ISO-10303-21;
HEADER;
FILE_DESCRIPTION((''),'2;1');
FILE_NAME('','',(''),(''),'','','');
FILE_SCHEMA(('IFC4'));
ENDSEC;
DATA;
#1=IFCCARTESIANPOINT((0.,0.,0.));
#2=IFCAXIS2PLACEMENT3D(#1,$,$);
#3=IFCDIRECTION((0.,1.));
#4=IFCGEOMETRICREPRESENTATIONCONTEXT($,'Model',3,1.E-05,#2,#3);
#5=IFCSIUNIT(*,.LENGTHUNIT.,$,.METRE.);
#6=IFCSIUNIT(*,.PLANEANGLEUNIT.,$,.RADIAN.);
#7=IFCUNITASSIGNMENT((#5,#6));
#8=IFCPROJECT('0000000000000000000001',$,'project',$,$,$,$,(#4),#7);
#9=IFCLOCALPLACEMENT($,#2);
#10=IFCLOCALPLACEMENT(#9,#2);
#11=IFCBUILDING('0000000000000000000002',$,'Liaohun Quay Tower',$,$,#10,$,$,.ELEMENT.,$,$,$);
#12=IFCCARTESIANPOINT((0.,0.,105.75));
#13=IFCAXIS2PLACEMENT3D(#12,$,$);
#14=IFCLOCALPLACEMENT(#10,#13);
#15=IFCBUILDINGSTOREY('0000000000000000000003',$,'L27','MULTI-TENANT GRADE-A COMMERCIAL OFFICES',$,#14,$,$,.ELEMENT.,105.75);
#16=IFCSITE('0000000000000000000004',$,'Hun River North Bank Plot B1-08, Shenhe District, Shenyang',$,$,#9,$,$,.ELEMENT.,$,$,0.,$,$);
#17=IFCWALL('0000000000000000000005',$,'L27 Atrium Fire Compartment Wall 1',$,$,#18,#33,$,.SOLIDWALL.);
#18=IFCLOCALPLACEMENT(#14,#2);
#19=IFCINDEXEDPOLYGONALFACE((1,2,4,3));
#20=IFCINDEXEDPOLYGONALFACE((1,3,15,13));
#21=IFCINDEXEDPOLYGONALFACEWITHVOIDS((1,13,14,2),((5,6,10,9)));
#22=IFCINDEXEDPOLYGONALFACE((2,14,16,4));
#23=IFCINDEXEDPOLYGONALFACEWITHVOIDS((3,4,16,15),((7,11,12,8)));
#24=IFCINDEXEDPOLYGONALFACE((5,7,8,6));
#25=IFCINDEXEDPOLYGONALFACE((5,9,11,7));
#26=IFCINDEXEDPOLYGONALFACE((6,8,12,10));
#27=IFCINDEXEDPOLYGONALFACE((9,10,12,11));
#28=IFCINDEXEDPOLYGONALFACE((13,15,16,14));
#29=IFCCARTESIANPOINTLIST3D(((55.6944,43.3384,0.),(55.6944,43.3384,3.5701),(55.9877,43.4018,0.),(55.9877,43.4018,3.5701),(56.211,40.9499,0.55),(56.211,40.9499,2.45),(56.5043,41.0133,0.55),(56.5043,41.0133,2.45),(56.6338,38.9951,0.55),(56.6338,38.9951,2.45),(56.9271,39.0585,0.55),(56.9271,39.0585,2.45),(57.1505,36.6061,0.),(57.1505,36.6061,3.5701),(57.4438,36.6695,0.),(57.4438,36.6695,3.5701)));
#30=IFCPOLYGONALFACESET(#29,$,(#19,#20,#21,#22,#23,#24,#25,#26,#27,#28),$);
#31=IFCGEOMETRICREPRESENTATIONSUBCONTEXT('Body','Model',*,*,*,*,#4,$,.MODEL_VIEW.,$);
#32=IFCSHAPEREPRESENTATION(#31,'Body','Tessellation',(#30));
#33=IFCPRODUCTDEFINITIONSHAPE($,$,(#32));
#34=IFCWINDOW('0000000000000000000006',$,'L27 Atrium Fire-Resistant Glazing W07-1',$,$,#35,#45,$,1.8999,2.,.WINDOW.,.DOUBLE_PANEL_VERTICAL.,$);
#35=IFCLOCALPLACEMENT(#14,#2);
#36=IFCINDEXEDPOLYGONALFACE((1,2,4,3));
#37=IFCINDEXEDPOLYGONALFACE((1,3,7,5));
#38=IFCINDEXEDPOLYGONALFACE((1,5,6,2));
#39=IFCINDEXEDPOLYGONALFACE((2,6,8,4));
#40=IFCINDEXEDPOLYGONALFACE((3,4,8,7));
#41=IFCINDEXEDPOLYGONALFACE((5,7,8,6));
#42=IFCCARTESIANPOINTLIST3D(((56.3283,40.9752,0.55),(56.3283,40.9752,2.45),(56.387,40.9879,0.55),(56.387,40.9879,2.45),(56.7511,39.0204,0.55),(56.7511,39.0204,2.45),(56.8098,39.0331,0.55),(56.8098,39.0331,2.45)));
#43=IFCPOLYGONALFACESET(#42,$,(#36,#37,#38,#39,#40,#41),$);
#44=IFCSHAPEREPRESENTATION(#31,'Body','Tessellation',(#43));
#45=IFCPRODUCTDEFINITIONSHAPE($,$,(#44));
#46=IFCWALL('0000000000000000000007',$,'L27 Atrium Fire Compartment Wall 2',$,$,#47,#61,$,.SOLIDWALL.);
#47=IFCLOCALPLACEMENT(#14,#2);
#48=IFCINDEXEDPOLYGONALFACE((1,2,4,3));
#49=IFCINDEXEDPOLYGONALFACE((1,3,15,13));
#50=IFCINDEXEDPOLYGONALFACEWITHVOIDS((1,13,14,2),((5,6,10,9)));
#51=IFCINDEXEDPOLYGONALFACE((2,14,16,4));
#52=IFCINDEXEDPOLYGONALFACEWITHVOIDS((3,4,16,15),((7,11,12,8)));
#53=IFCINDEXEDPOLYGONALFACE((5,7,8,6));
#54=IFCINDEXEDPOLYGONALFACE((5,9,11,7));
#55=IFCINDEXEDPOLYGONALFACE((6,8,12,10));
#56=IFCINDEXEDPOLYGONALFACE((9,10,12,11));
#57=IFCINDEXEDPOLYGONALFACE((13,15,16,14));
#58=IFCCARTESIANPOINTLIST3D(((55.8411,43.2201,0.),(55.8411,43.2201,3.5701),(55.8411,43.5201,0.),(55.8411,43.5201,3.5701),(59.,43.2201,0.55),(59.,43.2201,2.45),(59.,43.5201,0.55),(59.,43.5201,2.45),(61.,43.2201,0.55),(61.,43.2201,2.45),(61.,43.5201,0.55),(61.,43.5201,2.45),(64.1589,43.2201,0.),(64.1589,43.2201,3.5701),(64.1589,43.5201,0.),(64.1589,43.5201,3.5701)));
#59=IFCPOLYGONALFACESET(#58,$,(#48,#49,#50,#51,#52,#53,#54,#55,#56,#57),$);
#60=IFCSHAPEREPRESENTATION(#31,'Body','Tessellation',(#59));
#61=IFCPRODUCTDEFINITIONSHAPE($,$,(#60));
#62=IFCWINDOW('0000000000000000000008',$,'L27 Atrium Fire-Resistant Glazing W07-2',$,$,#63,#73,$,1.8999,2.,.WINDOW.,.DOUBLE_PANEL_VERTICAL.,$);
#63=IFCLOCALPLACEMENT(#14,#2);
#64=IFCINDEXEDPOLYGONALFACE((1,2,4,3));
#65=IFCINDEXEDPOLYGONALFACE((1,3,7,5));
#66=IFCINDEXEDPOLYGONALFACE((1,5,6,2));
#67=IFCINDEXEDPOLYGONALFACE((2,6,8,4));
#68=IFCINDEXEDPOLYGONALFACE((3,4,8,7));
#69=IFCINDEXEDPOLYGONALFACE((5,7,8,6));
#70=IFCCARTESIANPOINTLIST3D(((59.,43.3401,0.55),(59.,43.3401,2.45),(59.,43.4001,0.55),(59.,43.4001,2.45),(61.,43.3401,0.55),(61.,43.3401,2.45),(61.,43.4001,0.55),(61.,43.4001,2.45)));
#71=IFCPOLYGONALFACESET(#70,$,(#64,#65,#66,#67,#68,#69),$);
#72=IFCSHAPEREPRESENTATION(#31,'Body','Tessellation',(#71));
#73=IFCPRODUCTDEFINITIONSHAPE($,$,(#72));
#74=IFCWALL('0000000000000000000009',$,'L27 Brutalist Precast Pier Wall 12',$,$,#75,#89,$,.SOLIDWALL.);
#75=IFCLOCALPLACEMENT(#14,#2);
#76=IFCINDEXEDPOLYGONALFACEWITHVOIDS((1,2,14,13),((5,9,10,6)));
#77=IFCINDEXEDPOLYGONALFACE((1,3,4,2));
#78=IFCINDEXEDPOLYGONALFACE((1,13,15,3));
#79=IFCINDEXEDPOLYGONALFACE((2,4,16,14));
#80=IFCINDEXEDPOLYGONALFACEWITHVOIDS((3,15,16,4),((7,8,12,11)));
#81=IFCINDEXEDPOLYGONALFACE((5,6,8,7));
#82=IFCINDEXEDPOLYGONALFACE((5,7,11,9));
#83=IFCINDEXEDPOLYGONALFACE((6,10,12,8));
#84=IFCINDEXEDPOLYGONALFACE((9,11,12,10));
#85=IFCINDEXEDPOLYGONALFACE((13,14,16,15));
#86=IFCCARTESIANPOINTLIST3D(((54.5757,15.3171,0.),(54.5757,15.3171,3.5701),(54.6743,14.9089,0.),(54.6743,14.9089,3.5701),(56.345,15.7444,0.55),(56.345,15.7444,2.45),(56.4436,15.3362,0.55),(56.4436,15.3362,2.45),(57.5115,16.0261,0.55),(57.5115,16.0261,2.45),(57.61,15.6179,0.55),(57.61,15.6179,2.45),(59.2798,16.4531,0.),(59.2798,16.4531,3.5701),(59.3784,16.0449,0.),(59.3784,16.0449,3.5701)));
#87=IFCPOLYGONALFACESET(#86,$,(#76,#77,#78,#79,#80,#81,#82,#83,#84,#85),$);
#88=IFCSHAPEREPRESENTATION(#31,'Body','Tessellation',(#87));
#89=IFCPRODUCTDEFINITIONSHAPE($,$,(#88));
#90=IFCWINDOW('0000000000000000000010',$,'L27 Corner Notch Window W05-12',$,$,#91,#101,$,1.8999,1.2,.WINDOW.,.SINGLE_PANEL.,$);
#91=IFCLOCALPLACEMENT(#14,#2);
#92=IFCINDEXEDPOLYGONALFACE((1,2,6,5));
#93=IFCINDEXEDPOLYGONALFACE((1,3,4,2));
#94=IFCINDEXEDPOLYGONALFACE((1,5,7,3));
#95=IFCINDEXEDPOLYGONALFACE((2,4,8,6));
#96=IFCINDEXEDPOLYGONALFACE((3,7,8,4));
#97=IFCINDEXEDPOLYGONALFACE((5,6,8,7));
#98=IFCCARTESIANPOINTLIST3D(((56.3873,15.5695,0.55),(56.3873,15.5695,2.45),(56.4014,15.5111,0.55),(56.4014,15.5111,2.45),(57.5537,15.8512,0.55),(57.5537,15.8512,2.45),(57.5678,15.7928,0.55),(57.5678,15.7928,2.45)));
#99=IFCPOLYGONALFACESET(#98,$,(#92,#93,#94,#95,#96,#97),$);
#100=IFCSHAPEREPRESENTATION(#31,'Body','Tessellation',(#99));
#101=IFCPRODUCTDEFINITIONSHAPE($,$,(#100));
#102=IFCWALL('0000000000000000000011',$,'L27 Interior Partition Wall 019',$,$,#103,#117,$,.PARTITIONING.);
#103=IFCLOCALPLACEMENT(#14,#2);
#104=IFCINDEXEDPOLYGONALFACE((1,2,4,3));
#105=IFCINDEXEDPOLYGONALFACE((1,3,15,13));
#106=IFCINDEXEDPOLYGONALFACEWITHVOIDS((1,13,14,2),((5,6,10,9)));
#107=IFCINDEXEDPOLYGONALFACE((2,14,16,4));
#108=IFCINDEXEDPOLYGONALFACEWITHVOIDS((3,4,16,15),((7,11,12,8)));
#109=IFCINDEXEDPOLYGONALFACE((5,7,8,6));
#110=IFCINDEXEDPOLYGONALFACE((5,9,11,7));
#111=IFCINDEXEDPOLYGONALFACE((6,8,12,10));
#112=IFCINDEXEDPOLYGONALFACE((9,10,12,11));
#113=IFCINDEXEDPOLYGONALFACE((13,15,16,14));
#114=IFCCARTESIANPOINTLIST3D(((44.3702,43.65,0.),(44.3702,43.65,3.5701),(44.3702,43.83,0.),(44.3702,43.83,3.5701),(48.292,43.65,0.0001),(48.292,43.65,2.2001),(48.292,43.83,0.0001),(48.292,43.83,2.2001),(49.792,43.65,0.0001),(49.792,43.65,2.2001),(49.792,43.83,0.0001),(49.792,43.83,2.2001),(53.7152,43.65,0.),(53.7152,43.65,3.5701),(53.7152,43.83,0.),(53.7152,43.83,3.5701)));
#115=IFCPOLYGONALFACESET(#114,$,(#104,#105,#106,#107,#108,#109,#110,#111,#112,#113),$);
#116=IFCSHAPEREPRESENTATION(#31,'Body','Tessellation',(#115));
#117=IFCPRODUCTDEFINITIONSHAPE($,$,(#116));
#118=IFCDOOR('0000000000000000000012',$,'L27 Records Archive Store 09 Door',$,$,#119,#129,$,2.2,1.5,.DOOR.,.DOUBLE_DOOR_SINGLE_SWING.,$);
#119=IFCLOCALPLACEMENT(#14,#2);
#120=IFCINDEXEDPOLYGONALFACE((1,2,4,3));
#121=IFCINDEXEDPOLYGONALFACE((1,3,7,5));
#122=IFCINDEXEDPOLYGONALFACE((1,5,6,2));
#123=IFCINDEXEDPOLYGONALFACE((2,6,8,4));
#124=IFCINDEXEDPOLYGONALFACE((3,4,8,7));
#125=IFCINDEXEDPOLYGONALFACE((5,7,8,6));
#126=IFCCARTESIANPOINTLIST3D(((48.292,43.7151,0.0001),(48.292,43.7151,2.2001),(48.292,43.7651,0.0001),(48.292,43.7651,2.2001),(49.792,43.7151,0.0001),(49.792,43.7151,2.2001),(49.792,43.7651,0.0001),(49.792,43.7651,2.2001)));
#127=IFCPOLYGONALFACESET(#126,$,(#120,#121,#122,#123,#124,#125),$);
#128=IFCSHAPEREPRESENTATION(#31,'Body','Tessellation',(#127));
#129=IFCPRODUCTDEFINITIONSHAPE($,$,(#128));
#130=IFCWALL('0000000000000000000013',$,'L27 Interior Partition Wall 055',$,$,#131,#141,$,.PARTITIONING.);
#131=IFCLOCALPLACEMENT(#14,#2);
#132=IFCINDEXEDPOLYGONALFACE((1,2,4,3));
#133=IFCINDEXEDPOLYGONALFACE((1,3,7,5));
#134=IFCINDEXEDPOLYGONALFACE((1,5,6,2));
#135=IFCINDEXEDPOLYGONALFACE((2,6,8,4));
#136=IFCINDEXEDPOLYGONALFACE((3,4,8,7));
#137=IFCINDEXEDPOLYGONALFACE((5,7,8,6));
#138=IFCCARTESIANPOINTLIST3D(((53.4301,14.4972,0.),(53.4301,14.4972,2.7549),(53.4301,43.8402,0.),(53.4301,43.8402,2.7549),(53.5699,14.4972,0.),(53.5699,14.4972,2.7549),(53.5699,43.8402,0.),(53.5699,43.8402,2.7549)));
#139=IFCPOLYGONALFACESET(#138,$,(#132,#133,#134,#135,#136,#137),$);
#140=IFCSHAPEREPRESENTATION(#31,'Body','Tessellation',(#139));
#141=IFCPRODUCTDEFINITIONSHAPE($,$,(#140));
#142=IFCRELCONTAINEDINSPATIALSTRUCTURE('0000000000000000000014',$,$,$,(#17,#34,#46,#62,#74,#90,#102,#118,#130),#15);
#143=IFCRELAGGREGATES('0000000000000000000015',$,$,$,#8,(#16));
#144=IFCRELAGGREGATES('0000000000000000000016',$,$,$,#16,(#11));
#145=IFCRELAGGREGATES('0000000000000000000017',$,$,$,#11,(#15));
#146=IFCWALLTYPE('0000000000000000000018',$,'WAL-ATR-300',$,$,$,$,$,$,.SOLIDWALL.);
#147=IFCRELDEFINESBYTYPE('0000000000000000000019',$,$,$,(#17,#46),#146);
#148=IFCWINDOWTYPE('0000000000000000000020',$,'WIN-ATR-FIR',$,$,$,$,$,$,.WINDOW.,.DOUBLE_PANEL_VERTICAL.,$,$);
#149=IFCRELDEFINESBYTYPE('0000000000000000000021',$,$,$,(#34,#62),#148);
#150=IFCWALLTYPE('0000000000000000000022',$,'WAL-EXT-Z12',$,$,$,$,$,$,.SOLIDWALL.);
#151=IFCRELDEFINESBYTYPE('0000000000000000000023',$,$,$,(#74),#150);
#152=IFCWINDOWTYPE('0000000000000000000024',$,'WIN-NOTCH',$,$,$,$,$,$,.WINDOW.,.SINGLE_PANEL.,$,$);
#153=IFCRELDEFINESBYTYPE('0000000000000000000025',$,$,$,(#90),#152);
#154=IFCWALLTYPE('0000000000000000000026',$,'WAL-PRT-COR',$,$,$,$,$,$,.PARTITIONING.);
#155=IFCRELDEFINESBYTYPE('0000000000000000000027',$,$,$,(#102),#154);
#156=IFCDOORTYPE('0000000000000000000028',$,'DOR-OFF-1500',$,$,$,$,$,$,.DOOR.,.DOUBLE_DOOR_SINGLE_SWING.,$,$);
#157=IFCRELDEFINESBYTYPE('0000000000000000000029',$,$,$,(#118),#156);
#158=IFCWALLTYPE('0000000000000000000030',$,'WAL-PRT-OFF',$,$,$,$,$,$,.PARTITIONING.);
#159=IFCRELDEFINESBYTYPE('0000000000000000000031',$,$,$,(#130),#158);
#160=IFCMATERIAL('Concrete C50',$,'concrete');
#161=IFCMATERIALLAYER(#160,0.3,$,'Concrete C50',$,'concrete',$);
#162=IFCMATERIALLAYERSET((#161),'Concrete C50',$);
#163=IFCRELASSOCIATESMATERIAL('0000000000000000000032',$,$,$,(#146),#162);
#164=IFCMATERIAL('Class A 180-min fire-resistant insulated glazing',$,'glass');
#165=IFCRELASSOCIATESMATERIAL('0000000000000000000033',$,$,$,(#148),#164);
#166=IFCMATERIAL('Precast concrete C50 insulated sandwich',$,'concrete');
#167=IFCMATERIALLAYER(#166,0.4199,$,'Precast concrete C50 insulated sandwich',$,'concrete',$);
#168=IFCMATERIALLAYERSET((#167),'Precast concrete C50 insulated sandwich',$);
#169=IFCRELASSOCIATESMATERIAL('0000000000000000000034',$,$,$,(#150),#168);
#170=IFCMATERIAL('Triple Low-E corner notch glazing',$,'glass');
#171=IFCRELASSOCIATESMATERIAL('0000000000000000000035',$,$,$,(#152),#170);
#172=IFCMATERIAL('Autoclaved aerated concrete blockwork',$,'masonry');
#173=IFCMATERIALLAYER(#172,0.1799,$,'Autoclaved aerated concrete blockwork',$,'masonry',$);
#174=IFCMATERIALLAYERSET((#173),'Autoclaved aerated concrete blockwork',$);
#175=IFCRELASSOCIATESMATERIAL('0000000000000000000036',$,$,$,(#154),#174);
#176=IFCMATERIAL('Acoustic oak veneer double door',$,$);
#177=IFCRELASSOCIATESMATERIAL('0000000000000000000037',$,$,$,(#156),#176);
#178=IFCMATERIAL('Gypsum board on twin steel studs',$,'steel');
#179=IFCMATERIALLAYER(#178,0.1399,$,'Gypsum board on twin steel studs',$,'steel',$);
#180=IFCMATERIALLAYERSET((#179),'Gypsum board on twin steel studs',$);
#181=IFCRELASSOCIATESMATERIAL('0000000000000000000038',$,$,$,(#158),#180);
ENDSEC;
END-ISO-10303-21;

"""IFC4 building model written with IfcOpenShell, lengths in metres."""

from ifc_helpers import new_model, si_unit, direction, frame, frame_2d, origin, place, context, subcontext, project, spatial, rectangle, extrude, source, transform, mapped, material, layer, layer_set, type_object, element, fill, save


model = new_model("IFC4")

# Units and contexts
model_context = context("Model", 3, precision=1e-05, world=origin(), true_north=direction((0.0, 1.0)))
body_context = subcontext(model_context, "Body", "Model", "MODEL_VIEW")
ifc_project = project(units=[si_unit("LENGTHUNIT", "METRE"), si_unit("PLANEANGLEUNIT", "RADIAN")], contexts=[model_context])

# Site, building, storey
site_placement = place(None, origin())
site = spatial("IfcSite", under=ifc_project, at=site_placement, Name="Hun River North Bank Plot B1-08, Shenhe District, Shenyang", CompositionType="ELEMENT", RefElevation=0.0)
building_placement = place(site_placement, origin())
building = spatial("IfcBuilding", under=site, at=building_placement, Name="Liaohun Quay Tower", CompositionType="ELEMENT")
storey_placement = place(building_placement, frame((0.0, 0.0, 105.75)))
storey = spatial("IfcBuildingStorey", under=building, at=storey_placement, Name="L27", Description="MULTI-TENANT GRADE-A COMMERCIAL OFFICES", CompositionType="ELEMENT", Elevation=105.75)

# Walls, openings, windows
ifc_material_1 = material(Name="Concrete C50", Category="concrete")
ifc_layer_1 = layer(ifc_material_1, 0.3, Name="Concrete C50", Category="concrete")
ifc_layer_set_1 = layer_set([ifc_layer_1], Name="Concrete C50")
wall_type_1 = type_object("IfcWallType", Name="WAL-ATR-300", PredefinedType="SOLIDWALL", material=ifc_layer_set_1)
wall_1_placement = place(storey_placement, frame((57.2971, 36.6379, 0.0), z_axis=(0.0, 0.0, 1.0), x_axis=(-0.211395, 0.977401, 0.0)))
wall_1 = element("IfcWall", 1, at=wall_1_placement, inside=storey, type_object=wall_type_1, Name="L27 Atrium Fire Compartment Wall 1", PredefinedType="SOLIDWALL", context=body_context, shape_type="SweptSolid", body=[
    extrude(rectangle(XDim=6.8879, YDim=0.3, at=frame_2d((3.4438, 0.0))), origin(), (0.0, 0.0, 1.0), 3.5701),
])
shared_shape_1 = source(origin(), body_context, "Body", "SweptSolid", [
    extrude(rectangle(XDim=2.0, YDim=1.8999, at=frame_2d((1.0, 0.95))), frame((0.0, 0.1599, 0.0), z_axis=(0.0, -1.0, 0.0), x_axis=(1.0, 0.0, 0.0)), (0.0, 0.0, 1.0), 0.3201),
])
opening_1_placement = place(wall_1_placement, frame((2.4441, 0.0, 0.55)))
opening_1 = element("IfcOpeningElement", 2, at=opening_1_placement, cuts=wall_1, PredefinedType="OPENING", context=body_context, shape_type="MappedRepresentation", body=[
    mapped(shared_shape_1, transform((0.0, 0.0, 0.0), x_axis=(1.0, 0.0, 0.0), y_axis=(0.0, 1.0, 0.0), z_axis=(0.0, 0.0, 1.0), scale=1.0)),
])
ifc_material_2 = material(Name="Class A 180-min fire-resistant insulated glazing", Category="glass")
window_type_1 = type_object("IfcWindowType", Name="WIN-ATR-FIR", PartitioningType="DOUBLE_PANEL_VERTICAL", PredefinedType="WINDOW", material=ifc_material_2)
shared_shape_2 = source(origin(), body_context, "Body", "SweptSolid", [
    extrude(rectangle(XDim=2.0, YDim=1.8999, at=frame_2d((1.0, 0.95))), frame((0.0, 0.03, 0.0), z_axis=(0.0, -1.0, 0.0), x_axis=(1.0, 0.0, 0.0)), (0.0, 0.0, 1.0), 0.0601),
])
window_1_placement = place(opening_1_placement, origin())
window_1 = element("IfcWindow", 3, at=window_1_placement, inside=storey, type_object=window_type_1, Name="L27 Atrium Fire-Resistant Glazing W07-1", OverallHeight=1.8999, OverallWidth=2.0, PartitioningType="DOUBLE_PANEL_VERTICAL", PredefinedType="WINDOW", context=body_context, shape_type="MappedRepresentation", body=[
    mapped(shared_shape_2, transform((0.0, 0.0, 0.0), x_axis=(1.0, 0.0, 0.0), y_axis=(0.0, 1.0, 0.0), z_axis=(0.0, 0.0, 1.0), scale=1.0)),
])
fill(opening_1, window_1)
wall_2_placement = place(storey_placement, frame((55.8411, 43.3701, 0.0), z_axis=(0.0, 0.0, 1.0), x_axis=(1.0, 0.0, 0.0)))
wall_2 = element("IfcWall", 4, at=wall_2_placement, inside=storey, type_object=wall_type_1, Name="L27 Atrium Fire Compartment Wall 2", PredefinedType="SOLIDWALL", context=body_context, shape_type="SweptSolid", body=[
    extrude(rectangle(XDim=8.3179, YDim=0.3, at=frame_2d((4.1589, 0.0))), origin(), (0.0, 0.0, 1.0), 3.5701),
])
opening_2_placement = place(wall_2_placement, frame((3.1589, 0.0, 0.55)))
opening_2 = element("IfcOpeningElement", 5, at=opening_2_placement, cuts=wall_2, PredefinedType="OPENING", context=body_context, shape_type="MappedRepresentation", body=[
    mapped(shared_shape_1, transform((0.0, 0.0, 0.0), x_axis=(1.0, 0.0, 0.0), y_axis=(0.0, 1.0, 0.0), z_axis=(0.0, 0.0, 1.0), scale=1.0)),
])
window_2_placement = place(opening_2_placement, origin())
window_2 = element("IfcWindow", 6, at=window_2_placement, inside=storey, type_object=window_type_1, Name="L27 Atrium Fire-Resistant Glazing W07-2", OverallHeight=1.8999, OverallWidth=2.0, PartitioningType="DOUBLE_PANEL_VERTICAL", PredefinedType="WINDOW", context=body_context, shape_type="MappedRepresentation", body=[
    mapped(shared_shape_2, transform((0.0, 0.0, 0.0), x_axis=(1.0, 0.0, 0.0), y_axis=(0.0, 1.0, 0.0), z_axis=(0.0, 0.0, 1.0), scale=1.0)),
])
fill(opening_2, window_2)
ifc_material_3 = material(Name="Precast concrete C50 insulated sandwich", Category="concrete")
ifc_layer_2 = layer(ifc_material_3, 0.4199, Name="Precast concrete C50 insulated sandwich", Category="concrete")
ifc_layer_set_2 = layer_set([ifc_layer_2], Name="Precast concrete C50 insulated sandwich")
wall_type_2 = type_object("IfcWallType", Name="WAL-EXT-Z12", PredefinedType="SOLIDWALL", material=ifc_layer_set_2)
wall_3_placement = place(storey_placement, frame((54.625, 15.113, 0.0), z_axis=(0.0, 0.0, 1.0), x_axis=(0.972058, 0.234741, 0.0)))
wall_3 = element("IfcWall", 7, at=wall_3_placement, inside=storey, type_object=wall_type_2, Name="L27 Brutalist Precast Pier Wall 12", PredefinedType="SOLIDWALL", context=body_context, shape_type="SweptSolid", body=[
    extrude(rectangle(XDim=4.8394, YDim=0.4199, at=frame_2d((2.4197, 0.0))), origin(), (0.0, 0.0, 1.0), 3.5701),
])
shared_shape_3 = source(origin(), body_context, "Body", "SweptSolid", [
    extrude(rectangle(XDim=1.2, YDim=1.8999, at=frame_2d((0.6001, 0.95))), frame((0.0, 0.22, 0.0), z_axis=(0.0, -1.0, 0.0), x_axis=(1.0, 0.0, 0.0)), (0.0, 0.0, 1.0), 0.4399),
])
opening_3_placement = place(wall_3_placement, frame((1.8201, 0.0, 0.55)))
opening_3 = element("IfcOpeningElement", 8, at=opening_3_placement, cuts=wall_3, PredefinedType="OPENING", context=body_context, shape_type="MappedRepresentation", body=[
    mapped(shared_shape_3, transform((0.0, 0.0, 0.0), x_axis=(1.0, 0.0, 0.0), y_axis=(0.0, 1.0, 0.0), z_axis=(0.0, 0.0, 1.0), scale=1.0)),
])
ifc_material_4 = material(Name="Triple Low-E corner notch glazing", Category="glass")
window_type_2 = type_object("IfcWindowType", Name="WIN-NOTCH", PartitioningType="SINGLE_PANEL", PredefinedType="WINDOW", material=ifc_material_4)
shared_shape_4 = source(origin(), body_context, "Body", "SweptSolid", [
    extrude(rectangle(XDim=1.2, YDim=1.8999, at=frame_2d((0.6001, 0.95))), frame((0.0, 0.03, 0.0), z_axis=(0.0, -1.0, 0.0), x_axis=(1.0, 0.0, 0.0)), (0.0, 0.0, 1.0), 0.0601),
])
window_3_placement = place(opening_3_placement, origin())
window_3 = element("IfcWindow", 9, at=window_3_placement, inside=storey, type_object=window_type_2, Name="L27 Corner Notch Window W05-12", OverallHeight=1.8999, OverallWidth=1.2, PartitioningType="SINGLE_PANEL", PredefinedType="WINDOW", context=body_context, shape_type="MappedRepresentation", body=[
    mapped(shared_shape_4, transform((0.0, 0.0, 0.0), x_axis=(1.0, 0.0, 0.0), y_axis=(0.0, 1.0, 0.0), z_axis=(0.0, 0.0, 1.0), scale=1.0)),
])
fill(opening_3, window_3)

# Wall, opening, door
ifc_material_5 = material(Name="Autoclaved aerated concrete blockwork", Category="masonry")
ifc_layer_3 = layer(ifc_material_5, 0.1799, Name="Autoclaved aerated concrete blockwork", Category="masonry")
ifc_layer_set_3 = layer_set([ifc_layer_3], Name="Autoclaved aerated concrete blockwork")
wall_type_3 = type_object("IfcWallType", Name="WAL-PRT-COR", PredefinedType="PARTITIONING", material=ifc_layer_set_3)
wall_4_placement = place(storey_placement, frame((53.7151, 43.74, 0.0), z_axis=(0.0, 0.0, 1.0), x_axis=(-1.0, 0.0, 0.0)))
wall_4 = element("IfcWall", 10, at=wall_4_placement, inside=storey, type_object=wall_type_3, Name="L27 Interior Partition Wall 019", PredefinedType="PARTITIONING", context=body_context, shape_type="SweptSolid", body=[
    extrude(rectangle(XDim=9.345, YDim=0.1799, at=frame_2d((4.6724, 0.0))), origin(), (0.0, 0.0, 1.0), 3.5701),
])
shared_shape_5 = source(origin(), body_context, "Body", "SweptSolid", [
    extrude(rectangle(XDim=1.5, YDim=2.2, at=frame_2d((0.75, 1.1001))), frame((0.0, 0.0999, 0.0), z_axis=(0.0, -1.0, 0.0), x_axis=(1.0, 0.0, 0.0)), (0.0, 0.0, 1.0), 0.2),
])
opening_4_placement = place(wall_4_placement, frame((3.9231, 0.0, 0.0)))
opening_4 = element("IfcOpeningElement", 11, at=opening_4_placement, cuts=wall_4, PredefinedType="OPENING", context=body_context, shape_type="MappedRepresentation", body=[
    mapped(shared_shape_5, transform((0.0, 0.0, 0.0), x_axis=(1.0, 0.0, 0.0), y_axis=(0.0, 1.0, 0.0), z_axis=(0.0, 0.0, 1.0), scale=1.0)),
])
ifc_material_6 = material(Name="Acoustic oak veneer double door")
door_type = type_object("IfcDoorType", Name="DOR-OFF-1500", OperationType="DOUBLE_DOOR_SINGLE_SWING", PredefinedType="DOOR", material=ifc_material_6)
shared_shape_6 = source(origin(), body_context, "Body", "SweptSolid", [
    extrude(rectangle(XDim=1.5, YDim=2.2, at=frame_2d((0.75, 1.1001))), frame((0.0, 0.0249, 0.0), z_axis=(0.0, -1.0, 0.0), x_axis=(1.0, 0.0, 0.0)), (0.0, 0.0, 1.0), 0.05),
])
door_placement = place(opening_4_placement, origin())
door = element("IfcDoor", 12, at=door_placement, inside=storey, type_object=door_type, Name="L27 Records Archive Store 09 Door", OperationType="DOUBLE_DOOR_SINGLE_SWING", OverallHeight=2.2, OverallWidth=1.5, PredefinedType="DOOR", context=body_context, shape_type="MappedRepresentation", body=[
    mapped(shared_shape_6, transform((0.0, 0.0, 0.0), x_axis=(1.0, 0.0, 0.0), y_axis=(0.0, 1.0, 0.0), z_axis=(0.0, 0.0, 1.0), scale=1.0)),
])
fill(opening_4, door)

# Wall
ifc_material_7 = material(Name="Gypsum board on twin steel studs", Category="steel")
ifc_layer_4 = layer(ifc_material_7, 0.1399, Name="Gypsum board on twin steel studs", Category="steel")
ifc_layer_set_4 = layer_set([ifc_layer_4], Name="Gypsum board on twin steel studs")
wall_type_4 = type_object("IfcWallType", Name="WAL-PRT-OFF", PredefinedType="PARTITIONING", material=ifc_layer_set_4)
wall_5_placement = place(storey_placement, frame((53.5, 43.8401, 0.0), z_axis=(0.0, 0.0, 1.0), x_axis=(0.0, -1.0, 0.0)))
element("IfcWall", 13, at=wall_5_placement, inside=storey, type_object=wall_type_4, Name="L27 Interior Partition Wall 055", PredefinedType="PARTITIONING", context=body_context, shape_type="SweptSolid", body=[
    extrude(rectangle(XDim=29.343, YDim=0.1399, at=frame_2d((14.6714, 0.0))), origin(), (0.0, 0.0, 1.0), 2.7549),
])

save(model, "model.ifc")
